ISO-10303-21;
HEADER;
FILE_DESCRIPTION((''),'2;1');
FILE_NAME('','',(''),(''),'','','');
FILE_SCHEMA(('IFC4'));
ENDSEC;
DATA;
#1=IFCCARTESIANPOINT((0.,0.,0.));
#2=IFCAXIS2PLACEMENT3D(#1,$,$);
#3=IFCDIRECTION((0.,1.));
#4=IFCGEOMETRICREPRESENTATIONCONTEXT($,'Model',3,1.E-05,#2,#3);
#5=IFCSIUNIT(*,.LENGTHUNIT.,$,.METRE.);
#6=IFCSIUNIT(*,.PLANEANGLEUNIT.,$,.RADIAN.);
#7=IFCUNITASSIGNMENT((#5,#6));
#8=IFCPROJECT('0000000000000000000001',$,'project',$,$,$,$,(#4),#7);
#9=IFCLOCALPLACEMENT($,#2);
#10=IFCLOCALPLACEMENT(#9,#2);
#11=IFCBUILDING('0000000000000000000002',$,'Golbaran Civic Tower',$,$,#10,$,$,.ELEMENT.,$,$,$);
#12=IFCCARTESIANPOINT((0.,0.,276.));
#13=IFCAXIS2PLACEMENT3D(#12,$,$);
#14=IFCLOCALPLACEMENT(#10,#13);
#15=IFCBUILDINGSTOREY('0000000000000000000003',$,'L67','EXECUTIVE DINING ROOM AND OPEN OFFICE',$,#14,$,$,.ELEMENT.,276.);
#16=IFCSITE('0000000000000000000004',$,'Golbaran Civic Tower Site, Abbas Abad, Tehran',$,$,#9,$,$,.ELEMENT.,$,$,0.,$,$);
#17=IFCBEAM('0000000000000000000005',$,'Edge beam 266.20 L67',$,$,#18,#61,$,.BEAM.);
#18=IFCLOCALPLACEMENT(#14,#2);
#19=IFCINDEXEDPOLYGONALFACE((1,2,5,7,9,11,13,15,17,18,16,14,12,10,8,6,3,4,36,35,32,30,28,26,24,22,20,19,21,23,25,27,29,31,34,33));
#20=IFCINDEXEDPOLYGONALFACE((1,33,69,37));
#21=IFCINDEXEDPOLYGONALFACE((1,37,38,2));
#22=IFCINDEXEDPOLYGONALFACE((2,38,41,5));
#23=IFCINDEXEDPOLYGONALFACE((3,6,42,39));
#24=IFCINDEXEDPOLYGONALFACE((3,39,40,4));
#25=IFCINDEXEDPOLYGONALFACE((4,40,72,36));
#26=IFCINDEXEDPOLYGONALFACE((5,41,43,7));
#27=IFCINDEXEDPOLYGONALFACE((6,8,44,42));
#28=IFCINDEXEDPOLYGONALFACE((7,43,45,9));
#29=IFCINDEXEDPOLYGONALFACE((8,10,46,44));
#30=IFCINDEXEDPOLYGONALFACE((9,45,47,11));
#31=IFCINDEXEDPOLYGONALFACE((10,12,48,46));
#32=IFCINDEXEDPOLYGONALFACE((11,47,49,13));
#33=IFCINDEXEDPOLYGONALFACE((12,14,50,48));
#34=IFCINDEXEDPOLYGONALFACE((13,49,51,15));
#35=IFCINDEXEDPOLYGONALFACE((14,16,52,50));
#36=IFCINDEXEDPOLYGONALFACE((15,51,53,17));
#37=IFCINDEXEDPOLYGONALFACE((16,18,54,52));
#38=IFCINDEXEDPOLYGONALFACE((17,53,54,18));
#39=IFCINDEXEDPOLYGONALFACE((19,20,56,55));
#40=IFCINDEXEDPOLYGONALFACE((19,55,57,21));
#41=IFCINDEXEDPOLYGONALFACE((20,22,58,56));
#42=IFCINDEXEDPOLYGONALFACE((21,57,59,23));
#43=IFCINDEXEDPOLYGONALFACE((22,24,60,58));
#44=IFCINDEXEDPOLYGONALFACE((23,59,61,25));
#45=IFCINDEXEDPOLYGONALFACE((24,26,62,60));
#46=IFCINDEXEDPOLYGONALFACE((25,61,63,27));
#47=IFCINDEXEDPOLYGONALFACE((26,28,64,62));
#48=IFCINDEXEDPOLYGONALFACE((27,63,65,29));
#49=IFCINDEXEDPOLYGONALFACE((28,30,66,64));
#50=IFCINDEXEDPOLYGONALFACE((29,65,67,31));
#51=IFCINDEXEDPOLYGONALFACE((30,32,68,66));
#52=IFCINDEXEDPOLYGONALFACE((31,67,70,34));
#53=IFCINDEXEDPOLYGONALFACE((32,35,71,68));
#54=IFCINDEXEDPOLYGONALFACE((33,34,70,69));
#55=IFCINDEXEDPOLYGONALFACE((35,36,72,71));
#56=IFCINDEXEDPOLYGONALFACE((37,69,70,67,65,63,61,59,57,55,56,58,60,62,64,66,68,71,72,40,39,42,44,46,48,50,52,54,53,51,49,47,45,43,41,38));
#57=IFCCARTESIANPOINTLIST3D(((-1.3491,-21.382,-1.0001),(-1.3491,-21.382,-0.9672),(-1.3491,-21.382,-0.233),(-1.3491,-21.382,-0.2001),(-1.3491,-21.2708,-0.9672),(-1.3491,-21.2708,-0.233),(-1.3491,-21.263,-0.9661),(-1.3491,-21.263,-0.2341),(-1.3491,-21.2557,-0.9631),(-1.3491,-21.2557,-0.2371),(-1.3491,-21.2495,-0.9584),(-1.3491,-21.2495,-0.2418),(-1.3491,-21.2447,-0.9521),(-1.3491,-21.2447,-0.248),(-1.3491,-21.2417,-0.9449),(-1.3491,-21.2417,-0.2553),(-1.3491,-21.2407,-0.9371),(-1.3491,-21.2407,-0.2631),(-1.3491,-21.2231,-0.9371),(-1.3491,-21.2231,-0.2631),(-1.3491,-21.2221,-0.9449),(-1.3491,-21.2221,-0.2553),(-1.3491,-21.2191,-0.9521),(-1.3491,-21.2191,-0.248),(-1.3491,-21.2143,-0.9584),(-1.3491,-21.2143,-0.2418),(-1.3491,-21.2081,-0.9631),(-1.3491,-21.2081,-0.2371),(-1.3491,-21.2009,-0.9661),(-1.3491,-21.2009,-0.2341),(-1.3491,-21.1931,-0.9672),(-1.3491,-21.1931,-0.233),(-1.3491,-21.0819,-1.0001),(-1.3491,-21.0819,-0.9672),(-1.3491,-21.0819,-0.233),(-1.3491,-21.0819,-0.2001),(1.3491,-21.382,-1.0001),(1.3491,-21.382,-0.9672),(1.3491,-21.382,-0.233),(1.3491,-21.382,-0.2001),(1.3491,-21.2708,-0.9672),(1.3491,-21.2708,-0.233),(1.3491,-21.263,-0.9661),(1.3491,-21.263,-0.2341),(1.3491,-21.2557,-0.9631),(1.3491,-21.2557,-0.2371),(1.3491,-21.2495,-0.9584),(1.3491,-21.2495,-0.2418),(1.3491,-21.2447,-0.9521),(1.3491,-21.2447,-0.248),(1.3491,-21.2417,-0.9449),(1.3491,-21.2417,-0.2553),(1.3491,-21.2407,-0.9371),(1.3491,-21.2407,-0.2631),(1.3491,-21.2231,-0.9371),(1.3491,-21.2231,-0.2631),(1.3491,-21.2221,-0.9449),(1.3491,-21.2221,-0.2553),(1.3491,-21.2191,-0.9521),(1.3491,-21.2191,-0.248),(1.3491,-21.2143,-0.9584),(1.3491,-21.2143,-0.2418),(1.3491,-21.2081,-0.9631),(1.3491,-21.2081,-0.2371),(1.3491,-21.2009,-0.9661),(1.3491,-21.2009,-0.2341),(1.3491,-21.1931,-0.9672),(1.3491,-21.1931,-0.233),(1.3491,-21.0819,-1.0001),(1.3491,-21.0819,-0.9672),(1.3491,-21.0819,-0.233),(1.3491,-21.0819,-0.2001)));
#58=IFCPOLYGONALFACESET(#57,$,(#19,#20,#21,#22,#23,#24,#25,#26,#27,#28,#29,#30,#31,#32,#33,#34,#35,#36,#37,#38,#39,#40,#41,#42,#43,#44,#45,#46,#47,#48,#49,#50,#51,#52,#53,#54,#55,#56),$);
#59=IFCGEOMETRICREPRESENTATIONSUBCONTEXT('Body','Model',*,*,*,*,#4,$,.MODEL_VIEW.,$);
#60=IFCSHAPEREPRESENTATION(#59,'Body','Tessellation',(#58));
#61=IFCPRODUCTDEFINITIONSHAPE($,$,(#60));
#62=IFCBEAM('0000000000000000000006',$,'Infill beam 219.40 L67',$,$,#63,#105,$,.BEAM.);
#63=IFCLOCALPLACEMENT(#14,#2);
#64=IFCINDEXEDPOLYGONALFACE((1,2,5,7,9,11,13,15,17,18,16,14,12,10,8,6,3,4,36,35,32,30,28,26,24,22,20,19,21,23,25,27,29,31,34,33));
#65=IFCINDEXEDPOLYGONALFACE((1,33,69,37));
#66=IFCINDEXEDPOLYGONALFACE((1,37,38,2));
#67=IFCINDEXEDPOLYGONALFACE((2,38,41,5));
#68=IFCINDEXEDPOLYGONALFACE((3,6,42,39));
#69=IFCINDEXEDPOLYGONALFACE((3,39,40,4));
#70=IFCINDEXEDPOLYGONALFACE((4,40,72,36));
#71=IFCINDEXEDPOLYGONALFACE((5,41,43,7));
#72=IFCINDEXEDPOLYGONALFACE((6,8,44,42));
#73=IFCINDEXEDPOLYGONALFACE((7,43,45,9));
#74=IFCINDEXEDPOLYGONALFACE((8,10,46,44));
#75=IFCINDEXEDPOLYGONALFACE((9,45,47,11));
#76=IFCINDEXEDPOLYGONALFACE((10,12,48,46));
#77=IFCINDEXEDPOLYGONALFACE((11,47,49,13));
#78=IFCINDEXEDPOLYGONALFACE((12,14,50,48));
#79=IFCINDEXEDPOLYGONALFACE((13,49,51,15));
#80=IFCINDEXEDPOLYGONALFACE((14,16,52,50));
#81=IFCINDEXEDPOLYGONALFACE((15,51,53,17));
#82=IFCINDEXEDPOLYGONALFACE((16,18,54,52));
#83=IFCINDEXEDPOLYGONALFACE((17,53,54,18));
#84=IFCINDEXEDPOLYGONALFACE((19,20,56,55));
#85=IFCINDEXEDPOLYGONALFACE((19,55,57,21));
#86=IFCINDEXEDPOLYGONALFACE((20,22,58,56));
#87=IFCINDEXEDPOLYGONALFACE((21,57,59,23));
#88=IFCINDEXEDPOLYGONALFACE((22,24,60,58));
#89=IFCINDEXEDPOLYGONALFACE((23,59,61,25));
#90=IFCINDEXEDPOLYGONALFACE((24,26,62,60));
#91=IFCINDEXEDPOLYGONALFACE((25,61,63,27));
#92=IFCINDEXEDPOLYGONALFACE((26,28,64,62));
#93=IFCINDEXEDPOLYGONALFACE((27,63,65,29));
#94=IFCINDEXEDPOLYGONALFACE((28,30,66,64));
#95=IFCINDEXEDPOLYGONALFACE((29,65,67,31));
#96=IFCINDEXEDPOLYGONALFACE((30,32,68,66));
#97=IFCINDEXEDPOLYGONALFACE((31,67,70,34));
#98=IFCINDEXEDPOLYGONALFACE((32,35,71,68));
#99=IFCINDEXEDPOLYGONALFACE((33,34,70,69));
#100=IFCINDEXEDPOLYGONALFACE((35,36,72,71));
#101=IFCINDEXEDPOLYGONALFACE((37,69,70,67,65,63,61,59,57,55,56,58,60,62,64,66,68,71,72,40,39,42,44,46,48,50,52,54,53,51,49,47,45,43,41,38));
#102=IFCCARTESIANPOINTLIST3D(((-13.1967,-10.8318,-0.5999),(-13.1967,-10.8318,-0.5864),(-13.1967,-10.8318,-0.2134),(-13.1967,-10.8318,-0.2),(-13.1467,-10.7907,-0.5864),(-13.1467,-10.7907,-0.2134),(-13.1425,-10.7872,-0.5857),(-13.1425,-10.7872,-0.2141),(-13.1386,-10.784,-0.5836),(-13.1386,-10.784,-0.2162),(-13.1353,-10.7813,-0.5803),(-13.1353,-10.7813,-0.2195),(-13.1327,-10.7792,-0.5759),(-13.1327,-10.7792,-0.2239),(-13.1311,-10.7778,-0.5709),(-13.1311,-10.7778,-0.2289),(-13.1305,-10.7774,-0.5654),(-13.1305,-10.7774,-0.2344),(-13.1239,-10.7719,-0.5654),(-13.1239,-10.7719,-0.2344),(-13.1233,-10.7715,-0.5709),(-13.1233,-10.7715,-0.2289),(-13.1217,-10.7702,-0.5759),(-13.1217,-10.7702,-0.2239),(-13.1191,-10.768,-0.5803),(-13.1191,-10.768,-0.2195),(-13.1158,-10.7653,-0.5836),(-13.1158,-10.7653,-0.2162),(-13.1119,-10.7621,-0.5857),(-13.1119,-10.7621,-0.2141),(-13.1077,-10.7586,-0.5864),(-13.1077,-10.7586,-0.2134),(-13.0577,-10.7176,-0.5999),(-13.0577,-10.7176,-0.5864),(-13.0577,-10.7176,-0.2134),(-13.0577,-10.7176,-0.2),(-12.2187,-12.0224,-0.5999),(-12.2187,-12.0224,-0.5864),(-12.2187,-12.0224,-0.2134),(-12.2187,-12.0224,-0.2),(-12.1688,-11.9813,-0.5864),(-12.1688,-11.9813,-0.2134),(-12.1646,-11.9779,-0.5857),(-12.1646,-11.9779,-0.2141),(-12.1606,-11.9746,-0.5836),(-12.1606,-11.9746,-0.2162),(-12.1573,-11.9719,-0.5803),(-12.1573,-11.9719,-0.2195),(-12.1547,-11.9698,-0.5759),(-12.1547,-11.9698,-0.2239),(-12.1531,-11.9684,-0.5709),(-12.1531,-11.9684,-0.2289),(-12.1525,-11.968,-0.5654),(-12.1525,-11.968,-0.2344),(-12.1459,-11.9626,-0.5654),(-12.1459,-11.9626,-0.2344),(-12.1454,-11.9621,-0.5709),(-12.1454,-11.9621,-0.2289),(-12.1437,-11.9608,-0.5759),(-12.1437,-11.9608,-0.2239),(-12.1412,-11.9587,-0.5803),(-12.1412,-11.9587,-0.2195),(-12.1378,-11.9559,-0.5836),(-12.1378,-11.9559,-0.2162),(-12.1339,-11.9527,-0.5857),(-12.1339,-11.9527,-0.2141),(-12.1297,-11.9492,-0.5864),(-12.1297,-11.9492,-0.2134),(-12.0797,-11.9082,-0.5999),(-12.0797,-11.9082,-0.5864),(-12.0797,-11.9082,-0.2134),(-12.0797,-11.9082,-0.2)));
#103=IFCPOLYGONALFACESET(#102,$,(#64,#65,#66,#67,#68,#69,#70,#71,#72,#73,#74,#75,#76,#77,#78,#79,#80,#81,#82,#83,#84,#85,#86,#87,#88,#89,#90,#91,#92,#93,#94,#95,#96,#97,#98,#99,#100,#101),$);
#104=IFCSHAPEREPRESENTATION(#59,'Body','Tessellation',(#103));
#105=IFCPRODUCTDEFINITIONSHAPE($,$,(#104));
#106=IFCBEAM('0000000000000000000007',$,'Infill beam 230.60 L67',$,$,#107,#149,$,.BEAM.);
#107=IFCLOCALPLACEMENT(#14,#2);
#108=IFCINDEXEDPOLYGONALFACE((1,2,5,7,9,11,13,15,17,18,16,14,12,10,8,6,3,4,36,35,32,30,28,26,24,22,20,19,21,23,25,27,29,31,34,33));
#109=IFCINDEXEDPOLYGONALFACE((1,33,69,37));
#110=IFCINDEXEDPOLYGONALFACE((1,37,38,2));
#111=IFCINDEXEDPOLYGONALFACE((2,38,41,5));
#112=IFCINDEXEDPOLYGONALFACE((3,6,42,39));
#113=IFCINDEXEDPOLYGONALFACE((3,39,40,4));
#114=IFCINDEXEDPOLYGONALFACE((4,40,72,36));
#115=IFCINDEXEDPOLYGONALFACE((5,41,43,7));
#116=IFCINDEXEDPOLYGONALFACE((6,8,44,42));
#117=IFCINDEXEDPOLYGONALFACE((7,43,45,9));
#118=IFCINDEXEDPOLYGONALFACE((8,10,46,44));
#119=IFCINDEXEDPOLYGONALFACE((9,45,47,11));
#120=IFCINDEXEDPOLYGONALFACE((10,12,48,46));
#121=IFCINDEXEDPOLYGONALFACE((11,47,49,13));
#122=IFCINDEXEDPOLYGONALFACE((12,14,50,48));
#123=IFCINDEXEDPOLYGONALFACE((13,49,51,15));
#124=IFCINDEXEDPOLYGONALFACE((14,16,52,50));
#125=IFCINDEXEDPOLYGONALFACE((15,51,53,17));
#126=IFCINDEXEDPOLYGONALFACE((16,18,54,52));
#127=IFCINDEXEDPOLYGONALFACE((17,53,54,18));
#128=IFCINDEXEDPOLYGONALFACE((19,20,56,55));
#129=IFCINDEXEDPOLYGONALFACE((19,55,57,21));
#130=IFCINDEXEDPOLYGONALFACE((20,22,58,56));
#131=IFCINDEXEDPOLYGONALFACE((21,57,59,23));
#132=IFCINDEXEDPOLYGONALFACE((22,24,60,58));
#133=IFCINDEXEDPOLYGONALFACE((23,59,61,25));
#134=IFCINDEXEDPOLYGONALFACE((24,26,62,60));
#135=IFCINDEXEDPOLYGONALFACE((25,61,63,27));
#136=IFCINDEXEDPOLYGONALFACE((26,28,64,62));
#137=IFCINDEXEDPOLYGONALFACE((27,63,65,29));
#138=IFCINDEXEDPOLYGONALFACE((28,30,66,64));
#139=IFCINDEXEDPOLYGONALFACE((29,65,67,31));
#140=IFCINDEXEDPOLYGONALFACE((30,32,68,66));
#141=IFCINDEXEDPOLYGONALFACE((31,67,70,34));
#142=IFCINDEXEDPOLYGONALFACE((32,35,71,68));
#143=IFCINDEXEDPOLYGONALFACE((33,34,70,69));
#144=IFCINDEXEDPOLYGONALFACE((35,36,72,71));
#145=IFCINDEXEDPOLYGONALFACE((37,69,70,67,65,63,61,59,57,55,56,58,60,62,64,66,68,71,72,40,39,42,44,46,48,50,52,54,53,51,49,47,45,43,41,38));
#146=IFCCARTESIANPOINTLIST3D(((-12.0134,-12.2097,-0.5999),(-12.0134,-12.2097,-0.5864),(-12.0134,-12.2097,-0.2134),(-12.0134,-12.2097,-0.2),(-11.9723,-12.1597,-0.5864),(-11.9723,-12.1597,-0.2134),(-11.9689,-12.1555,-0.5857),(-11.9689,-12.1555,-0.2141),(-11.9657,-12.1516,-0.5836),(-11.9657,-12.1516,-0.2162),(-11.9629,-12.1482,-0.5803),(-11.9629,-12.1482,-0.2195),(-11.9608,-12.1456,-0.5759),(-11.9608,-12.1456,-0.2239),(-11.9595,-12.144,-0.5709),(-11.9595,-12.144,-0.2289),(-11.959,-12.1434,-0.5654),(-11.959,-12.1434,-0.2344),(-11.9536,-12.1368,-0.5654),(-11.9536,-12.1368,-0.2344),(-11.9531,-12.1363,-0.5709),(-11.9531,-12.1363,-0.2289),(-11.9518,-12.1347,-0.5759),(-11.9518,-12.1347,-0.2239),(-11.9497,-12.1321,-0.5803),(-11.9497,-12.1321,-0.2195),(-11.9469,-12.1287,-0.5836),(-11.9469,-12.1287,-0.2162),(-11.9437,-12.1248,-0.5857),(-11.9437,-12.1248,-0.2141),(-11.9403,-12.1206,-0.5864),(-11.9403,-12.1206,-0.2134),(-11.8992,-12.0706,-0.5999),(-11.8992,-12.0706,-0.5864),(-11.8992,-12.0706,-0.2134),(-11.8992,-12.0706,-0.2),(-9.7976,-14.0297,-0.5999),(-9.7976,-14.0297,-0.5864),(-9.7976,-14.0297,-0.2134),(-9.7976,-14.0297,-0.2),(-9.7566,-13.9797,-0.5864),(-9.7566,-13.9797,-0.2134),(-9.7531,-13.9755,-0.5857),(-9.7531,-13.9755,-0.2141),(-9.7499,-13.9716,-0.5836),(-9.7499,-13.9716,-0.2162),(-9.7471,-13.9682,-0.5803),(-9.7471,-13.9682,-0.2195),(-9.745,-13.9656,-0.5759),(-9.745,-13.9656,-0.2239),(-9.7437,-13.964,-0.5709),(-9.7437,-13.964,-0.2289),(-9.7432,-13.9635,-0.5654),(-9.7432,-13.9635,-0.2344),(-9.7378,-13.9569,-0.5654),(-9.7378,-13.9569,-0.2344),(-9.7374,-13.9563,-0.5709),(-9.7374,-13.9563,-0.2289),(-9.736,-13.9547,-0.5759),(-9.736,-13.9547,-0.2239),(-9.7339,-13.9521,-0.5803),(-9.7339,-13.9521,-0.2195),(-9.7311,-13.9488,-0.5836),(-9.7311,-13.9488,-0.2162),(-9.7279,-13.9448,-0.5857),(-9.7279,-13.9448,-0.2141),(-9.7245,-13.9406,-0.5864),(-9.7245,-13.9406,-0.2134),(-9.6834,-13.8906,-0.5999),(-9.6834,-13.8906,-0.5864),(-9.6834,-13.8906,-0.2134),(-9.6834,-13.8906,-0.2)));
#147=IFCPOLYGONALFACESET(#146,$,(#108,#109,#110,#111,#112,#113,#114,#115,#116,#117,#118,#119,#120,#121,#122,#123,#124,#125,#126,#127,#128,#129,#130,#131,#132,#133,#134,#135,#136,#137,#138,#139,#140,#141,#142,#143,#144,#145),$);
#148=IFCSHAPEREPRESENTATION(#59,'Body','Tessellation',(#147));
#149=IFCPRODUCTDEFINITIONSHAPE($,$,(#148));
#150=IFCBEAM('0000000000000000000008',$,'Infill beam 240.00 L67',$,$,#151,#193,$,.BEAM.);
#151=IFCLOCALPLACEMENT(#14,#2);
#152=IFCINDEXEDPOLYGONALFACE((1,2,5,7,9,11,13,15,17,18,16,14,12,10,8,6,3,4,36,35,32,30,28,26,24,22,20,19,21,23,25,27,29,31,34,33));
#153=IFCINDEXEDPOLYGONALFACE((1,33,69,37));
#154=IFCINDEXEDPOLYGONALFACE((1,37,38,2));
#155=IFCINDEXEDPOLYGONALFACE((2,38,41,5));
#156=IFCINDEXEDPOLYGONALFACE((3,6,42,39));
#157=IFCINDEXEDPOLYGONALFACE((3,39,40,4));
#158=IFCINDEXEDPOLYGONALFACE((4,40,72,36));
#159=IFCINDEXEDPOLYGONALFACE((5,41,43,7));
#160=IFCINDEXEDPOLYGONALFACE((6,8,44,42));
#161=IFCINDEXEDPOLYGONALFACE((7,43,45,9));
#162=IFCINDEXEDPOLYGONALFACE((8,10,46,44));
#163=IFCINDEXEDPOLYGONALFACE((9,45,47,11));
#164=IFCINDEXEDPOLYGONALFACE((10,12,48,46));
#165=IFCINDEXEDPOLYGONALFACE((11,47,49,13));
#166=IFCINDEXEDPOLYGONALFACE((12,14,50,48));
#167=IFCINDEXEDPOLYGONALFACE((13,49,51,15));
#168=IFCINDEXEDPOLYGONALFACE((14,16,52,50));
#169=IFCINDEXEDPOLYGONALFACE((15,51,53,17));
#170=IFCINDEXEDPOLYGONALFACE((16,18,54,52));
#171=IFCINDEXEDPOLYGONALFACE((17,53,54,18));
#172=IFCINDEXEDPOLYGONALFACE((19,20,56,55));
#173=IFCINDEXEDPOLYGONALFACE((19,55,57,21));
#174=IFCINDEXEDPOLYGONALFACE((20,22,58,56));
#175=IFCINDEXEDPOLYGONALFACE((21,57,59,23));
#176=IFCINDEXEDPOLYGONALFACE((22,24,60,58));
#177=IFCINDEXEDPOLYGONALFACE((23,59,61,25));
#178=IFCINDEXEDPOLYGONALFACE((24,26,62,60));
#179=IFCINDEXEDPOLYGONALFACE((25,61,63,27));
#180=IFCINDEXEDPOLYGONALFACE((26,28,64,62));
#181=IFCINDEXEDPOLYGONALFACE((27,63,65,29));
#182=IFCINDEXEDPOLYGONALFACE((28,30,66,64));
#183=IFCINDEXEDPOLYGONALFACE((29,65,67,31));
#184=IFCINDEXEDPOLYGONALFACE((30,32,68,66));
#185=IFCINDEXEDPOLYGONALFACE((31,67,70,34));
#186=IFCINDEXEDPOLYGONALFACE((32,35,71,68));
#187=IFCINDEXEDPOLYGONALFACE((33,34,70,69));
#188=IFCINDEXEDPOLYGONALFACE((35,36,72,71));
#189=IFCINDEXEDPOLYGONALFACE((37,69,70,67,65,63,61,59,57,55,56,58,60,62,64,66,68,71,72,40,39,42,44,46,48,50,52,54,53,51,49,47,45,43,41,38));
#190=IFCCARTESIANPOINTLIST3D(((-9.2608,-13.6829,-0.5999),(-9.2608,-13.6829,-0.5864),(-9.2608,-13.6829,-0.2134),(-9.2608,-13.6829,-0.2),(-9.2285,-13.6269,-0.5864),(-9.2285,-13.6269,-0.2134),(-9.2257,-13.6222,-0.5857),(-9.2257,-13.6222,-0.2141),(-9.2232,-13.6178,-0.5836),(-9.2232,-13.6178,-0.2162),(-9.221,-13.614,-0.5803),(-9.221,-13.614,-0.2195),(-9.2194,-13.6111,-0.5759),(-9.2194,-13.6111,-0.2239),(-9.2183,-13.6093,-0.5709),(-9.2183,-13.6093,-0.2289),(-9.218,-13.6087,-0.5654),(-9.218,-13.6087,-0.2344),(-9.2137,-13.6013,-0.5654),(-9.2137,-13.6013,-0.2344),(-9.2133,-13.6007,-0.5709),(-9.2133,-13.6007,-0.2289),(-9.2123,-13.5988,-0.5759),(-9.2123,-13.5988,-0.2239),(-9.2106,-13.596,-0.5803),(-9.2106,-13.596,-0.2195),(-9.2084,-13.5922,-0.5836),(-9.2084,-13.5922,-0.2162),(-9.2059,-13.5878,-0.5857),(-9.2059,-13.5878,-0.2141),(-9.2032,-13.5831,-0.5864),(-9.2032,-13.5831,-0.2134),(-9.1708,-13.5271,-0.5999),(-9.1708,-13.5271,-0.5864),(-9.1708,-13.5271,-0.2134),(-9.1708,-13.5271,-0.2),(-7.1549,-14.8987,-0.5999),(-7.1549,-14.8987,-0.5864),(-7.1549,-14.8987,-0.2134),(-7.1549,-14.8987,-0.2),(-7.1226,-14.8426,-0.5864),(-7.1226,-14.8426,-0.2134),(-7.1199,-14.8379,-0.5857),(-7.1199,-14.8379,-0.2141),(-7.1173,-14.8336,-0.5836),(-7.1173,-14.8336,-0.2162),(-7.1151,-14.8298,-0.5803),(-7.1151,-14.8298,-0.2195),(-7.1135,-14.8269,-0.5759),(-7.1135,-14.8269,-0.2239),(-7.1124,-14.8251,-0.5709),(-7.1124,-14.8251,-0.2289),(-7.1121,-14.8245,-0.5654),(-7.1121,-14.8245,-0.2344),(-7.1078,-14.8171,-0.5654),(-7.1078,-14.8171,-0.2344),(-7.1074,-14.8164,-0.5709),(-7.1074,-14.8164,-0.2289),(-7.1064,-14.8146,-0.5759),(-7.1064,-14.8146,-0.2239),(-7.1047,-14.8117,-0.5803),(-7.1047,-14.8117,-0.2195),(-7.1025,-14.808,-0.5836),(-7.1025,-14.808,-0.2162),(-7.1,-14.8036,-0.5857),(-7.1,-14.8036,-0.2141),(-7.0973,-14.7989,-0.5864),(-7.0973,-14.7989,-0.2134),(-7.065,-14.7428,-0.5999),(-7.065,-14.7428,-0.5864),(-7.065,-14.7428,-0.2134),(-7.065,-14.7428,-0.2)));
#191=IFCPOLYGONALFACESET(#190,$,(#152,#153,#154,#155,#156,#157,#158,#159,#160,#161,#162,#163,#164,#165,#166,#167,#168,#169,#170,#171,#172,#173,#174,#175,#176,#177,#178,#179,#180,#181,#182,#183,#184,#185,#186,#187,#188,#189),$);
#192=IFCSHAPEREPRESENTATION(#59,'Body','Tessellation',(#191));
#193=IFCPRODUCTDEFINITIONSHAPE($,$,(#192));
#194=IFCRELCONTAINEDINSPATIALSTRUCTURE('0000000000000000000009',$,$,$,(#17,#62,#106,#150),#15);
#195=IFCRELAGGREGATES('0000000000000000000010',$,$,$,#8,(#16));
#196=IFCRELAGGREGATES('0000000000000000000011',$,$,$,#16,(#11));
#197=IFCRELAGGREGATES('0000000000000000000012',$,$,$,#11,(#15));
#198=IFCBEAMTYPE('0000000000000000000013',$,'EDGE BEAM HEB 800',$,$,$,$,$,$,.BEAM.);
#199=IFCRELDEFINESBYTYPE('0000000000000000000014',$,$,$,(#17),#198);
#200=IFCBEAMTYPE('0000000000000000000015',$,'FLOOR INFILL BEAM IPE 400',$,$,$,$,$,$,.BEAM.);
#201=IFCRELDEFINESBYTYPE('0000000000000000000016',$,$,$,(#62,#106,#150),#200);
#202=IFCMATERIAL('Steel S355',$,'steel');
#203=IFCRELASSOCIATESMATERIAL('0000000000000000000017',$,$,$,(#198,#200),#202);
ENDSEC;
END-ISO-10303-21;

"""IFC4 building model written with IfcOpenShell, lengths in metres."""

from ifc_helpers import new_model, si_unit, direction, frame, origin, origin_2d, place, context, subcontext, project, spatial, i_section, extrude, material, material_profile, profile_set, type_object, element, save


model = new_model("IFC4")

# Units and contexts
model_context = context("Model", 3, precision=1e-05, world=origin(), true_north=direction((0.0, 1.0)))
body_context = subcontext(model_context, "Body", "Model", "MODEL_VIEW")
ifc_project = project(units=[si_unit("LENGTHUNIT", "METRE"), si_unit("PLANEANGLEUNIT", "RADIAN")], contexts=[model_context])

# Site, building, storey
site_placement = place(None, origin())
site = spatial("IfcSite", under=ifc_project, at=site_placement, Name="Golbaran Civic Tower Site, Abbas Abad, Tehran", CompositionType="ELEMENT", RefElevation=0.0)
building_placement = place(site_placement, origin())
building = spatial("IfcBuilding", under=site, at=building_placement, Name="Golbaran Civic Tower", CompositionType="ELEMENT")
storey_placement = place(building_placement, frame((0.0, 0.0, 276.0)))
storey = spatial("IfcBuildingStorey", under=building, at=storey_placement, Name="L67", Description="EXECUTIVE DINING ROOM AND OPEN OFFICE", CompositionType="ELEMENT", Elevation=276.0)

# Beams
ifc_material_1 = material(Name="Steel S355", Category="steel")
ifc_material_profile_1 = material_profile(ifc_material_1, i_section(OverallWidth=0.3, OverallDepth=0.8, WebThickness=0.0176, FlangeThickness=0.033, FilletRadius=0.03, at=origin_2d()), Name="HEB 800")
ifc_profile_set_1 = profile_set([ifc_material_profile_1], Name="Steel S355")
beam_type_1 = type_object("IfcBeamType", Name="EDGE BEAM HEB 800", PredefinedType="BEAM", material=ifc_profile_set_1)
beam_1_placement = place(storey_placement, frame((-1.3491, -21.2319, -0.6001), z_axis=(1.0, 0.0, 0.0), x_axis=(0.0, 1.0, 0.0)))
element("IfcBeam", 1, at=beam_1_placement, inside=storey, type_object=beam_type_1, Name="Edge beam 266.20 L67", PredefinedType="BEAM", context=body_context, shape_type="SweptSolid", body=[
    extrude(i_section(OverallWidth=0.3, OverallDepth=0.8, WebThickness=0.0176, FlangeThickness=0.033, FilletRadius=0.03, at=origin_2d()), origin(), (0.0, 0.0, 1.0), 2.6982),
])
ifc_material_profile_2 = material_profile(ifc_material_1, i_section(OverallWidth=0.1799, OverallDepth=0.3999, WebThickness=0.0085, FlangeThickness=0.0134, FilletRadius=0.021, at=origin_2d()), Name="IPE 400")
ifc_profile_set_2 = profile_set([ifc_material_profile_2], Name="Steel S355")
beam_type_2 = type_object("IfcBeamType", Name="FLOOR INFILL BEAM IPE 400", PredefinedType="BEAM", material=ifc_profile_set_2)
beam_2_placement = place(storey_placement, frame((-13.1272, -10.7747, -0.3999), z_axis=(0.634729, -0.772735, 0.0), x_axis=(0.772735, 0.634729, 0.0)))
element("IfcBeam", 2, at=beam_2_placement, inside=storey, type_object=beam_type_2, Name="Infill beam 219.40 L67", PredefinedType="BEAM", context=body_context, shape_type="SweptSolid", body=[
    extrude(i_section(OverallWidth=0.1799, OverallDepth=0.3999, WebThickness=0.0085, FlangeThickness=0.0134, FilletRadius=0.021, at=origin_2d()), origin(), (0.0, 0.0, 1.0), 1.5408),
])
beam_3_placement = place(storey_placement, frame((-11.9563, -12.1401, -0.3999), z_axis=(0.772738, -0.634725, 0.0), x_axis=(0.634725, 0.772738, 0.0)))
element("IfcBeam", 3, at=beam_3_placement, inside=storey, type_object=beam_type_2, Name="Infill beam 230.60 L67", PredefinedType="BEAM", context=body_context, shape_type="SweptSolid", body=[
    extrude(i_section(OverallWidth=0.1799, OverallDepth=0.3999, WebThickness=0.0085, FlangeThickness=0.0134, FilletRadius=0.021, at=origin_2d()), origin(), (0.0, 0.0, 1.0), 2.8674),
])
beam_4_placement = place(storey_placement, frame((-9.2158, -13.605, -0.3999), z_axis=(0.866035, -0.499983, 0.0), x_axis=(0.499983, 0.866035, 0.0)))
element("IfcBeam", 4, at=beam_4_placement, inside=storey, type_object=beam_type_2, Name="Infill beam 240.00 L67", PredefinedType="BEAM", context=body_context, shape_type="SweptSolid", body=[
    extrude(i_section(OverallWidth=0.1799, OverallDepth=0.3999, WebThickness=0.0085, FlangeThickness=0.0134, FilletRadius=0.021, at=origin_2d()), origin(), (0.0, 0.0, 1.0), 2.4316),
])

save(model, "model.ifc")
